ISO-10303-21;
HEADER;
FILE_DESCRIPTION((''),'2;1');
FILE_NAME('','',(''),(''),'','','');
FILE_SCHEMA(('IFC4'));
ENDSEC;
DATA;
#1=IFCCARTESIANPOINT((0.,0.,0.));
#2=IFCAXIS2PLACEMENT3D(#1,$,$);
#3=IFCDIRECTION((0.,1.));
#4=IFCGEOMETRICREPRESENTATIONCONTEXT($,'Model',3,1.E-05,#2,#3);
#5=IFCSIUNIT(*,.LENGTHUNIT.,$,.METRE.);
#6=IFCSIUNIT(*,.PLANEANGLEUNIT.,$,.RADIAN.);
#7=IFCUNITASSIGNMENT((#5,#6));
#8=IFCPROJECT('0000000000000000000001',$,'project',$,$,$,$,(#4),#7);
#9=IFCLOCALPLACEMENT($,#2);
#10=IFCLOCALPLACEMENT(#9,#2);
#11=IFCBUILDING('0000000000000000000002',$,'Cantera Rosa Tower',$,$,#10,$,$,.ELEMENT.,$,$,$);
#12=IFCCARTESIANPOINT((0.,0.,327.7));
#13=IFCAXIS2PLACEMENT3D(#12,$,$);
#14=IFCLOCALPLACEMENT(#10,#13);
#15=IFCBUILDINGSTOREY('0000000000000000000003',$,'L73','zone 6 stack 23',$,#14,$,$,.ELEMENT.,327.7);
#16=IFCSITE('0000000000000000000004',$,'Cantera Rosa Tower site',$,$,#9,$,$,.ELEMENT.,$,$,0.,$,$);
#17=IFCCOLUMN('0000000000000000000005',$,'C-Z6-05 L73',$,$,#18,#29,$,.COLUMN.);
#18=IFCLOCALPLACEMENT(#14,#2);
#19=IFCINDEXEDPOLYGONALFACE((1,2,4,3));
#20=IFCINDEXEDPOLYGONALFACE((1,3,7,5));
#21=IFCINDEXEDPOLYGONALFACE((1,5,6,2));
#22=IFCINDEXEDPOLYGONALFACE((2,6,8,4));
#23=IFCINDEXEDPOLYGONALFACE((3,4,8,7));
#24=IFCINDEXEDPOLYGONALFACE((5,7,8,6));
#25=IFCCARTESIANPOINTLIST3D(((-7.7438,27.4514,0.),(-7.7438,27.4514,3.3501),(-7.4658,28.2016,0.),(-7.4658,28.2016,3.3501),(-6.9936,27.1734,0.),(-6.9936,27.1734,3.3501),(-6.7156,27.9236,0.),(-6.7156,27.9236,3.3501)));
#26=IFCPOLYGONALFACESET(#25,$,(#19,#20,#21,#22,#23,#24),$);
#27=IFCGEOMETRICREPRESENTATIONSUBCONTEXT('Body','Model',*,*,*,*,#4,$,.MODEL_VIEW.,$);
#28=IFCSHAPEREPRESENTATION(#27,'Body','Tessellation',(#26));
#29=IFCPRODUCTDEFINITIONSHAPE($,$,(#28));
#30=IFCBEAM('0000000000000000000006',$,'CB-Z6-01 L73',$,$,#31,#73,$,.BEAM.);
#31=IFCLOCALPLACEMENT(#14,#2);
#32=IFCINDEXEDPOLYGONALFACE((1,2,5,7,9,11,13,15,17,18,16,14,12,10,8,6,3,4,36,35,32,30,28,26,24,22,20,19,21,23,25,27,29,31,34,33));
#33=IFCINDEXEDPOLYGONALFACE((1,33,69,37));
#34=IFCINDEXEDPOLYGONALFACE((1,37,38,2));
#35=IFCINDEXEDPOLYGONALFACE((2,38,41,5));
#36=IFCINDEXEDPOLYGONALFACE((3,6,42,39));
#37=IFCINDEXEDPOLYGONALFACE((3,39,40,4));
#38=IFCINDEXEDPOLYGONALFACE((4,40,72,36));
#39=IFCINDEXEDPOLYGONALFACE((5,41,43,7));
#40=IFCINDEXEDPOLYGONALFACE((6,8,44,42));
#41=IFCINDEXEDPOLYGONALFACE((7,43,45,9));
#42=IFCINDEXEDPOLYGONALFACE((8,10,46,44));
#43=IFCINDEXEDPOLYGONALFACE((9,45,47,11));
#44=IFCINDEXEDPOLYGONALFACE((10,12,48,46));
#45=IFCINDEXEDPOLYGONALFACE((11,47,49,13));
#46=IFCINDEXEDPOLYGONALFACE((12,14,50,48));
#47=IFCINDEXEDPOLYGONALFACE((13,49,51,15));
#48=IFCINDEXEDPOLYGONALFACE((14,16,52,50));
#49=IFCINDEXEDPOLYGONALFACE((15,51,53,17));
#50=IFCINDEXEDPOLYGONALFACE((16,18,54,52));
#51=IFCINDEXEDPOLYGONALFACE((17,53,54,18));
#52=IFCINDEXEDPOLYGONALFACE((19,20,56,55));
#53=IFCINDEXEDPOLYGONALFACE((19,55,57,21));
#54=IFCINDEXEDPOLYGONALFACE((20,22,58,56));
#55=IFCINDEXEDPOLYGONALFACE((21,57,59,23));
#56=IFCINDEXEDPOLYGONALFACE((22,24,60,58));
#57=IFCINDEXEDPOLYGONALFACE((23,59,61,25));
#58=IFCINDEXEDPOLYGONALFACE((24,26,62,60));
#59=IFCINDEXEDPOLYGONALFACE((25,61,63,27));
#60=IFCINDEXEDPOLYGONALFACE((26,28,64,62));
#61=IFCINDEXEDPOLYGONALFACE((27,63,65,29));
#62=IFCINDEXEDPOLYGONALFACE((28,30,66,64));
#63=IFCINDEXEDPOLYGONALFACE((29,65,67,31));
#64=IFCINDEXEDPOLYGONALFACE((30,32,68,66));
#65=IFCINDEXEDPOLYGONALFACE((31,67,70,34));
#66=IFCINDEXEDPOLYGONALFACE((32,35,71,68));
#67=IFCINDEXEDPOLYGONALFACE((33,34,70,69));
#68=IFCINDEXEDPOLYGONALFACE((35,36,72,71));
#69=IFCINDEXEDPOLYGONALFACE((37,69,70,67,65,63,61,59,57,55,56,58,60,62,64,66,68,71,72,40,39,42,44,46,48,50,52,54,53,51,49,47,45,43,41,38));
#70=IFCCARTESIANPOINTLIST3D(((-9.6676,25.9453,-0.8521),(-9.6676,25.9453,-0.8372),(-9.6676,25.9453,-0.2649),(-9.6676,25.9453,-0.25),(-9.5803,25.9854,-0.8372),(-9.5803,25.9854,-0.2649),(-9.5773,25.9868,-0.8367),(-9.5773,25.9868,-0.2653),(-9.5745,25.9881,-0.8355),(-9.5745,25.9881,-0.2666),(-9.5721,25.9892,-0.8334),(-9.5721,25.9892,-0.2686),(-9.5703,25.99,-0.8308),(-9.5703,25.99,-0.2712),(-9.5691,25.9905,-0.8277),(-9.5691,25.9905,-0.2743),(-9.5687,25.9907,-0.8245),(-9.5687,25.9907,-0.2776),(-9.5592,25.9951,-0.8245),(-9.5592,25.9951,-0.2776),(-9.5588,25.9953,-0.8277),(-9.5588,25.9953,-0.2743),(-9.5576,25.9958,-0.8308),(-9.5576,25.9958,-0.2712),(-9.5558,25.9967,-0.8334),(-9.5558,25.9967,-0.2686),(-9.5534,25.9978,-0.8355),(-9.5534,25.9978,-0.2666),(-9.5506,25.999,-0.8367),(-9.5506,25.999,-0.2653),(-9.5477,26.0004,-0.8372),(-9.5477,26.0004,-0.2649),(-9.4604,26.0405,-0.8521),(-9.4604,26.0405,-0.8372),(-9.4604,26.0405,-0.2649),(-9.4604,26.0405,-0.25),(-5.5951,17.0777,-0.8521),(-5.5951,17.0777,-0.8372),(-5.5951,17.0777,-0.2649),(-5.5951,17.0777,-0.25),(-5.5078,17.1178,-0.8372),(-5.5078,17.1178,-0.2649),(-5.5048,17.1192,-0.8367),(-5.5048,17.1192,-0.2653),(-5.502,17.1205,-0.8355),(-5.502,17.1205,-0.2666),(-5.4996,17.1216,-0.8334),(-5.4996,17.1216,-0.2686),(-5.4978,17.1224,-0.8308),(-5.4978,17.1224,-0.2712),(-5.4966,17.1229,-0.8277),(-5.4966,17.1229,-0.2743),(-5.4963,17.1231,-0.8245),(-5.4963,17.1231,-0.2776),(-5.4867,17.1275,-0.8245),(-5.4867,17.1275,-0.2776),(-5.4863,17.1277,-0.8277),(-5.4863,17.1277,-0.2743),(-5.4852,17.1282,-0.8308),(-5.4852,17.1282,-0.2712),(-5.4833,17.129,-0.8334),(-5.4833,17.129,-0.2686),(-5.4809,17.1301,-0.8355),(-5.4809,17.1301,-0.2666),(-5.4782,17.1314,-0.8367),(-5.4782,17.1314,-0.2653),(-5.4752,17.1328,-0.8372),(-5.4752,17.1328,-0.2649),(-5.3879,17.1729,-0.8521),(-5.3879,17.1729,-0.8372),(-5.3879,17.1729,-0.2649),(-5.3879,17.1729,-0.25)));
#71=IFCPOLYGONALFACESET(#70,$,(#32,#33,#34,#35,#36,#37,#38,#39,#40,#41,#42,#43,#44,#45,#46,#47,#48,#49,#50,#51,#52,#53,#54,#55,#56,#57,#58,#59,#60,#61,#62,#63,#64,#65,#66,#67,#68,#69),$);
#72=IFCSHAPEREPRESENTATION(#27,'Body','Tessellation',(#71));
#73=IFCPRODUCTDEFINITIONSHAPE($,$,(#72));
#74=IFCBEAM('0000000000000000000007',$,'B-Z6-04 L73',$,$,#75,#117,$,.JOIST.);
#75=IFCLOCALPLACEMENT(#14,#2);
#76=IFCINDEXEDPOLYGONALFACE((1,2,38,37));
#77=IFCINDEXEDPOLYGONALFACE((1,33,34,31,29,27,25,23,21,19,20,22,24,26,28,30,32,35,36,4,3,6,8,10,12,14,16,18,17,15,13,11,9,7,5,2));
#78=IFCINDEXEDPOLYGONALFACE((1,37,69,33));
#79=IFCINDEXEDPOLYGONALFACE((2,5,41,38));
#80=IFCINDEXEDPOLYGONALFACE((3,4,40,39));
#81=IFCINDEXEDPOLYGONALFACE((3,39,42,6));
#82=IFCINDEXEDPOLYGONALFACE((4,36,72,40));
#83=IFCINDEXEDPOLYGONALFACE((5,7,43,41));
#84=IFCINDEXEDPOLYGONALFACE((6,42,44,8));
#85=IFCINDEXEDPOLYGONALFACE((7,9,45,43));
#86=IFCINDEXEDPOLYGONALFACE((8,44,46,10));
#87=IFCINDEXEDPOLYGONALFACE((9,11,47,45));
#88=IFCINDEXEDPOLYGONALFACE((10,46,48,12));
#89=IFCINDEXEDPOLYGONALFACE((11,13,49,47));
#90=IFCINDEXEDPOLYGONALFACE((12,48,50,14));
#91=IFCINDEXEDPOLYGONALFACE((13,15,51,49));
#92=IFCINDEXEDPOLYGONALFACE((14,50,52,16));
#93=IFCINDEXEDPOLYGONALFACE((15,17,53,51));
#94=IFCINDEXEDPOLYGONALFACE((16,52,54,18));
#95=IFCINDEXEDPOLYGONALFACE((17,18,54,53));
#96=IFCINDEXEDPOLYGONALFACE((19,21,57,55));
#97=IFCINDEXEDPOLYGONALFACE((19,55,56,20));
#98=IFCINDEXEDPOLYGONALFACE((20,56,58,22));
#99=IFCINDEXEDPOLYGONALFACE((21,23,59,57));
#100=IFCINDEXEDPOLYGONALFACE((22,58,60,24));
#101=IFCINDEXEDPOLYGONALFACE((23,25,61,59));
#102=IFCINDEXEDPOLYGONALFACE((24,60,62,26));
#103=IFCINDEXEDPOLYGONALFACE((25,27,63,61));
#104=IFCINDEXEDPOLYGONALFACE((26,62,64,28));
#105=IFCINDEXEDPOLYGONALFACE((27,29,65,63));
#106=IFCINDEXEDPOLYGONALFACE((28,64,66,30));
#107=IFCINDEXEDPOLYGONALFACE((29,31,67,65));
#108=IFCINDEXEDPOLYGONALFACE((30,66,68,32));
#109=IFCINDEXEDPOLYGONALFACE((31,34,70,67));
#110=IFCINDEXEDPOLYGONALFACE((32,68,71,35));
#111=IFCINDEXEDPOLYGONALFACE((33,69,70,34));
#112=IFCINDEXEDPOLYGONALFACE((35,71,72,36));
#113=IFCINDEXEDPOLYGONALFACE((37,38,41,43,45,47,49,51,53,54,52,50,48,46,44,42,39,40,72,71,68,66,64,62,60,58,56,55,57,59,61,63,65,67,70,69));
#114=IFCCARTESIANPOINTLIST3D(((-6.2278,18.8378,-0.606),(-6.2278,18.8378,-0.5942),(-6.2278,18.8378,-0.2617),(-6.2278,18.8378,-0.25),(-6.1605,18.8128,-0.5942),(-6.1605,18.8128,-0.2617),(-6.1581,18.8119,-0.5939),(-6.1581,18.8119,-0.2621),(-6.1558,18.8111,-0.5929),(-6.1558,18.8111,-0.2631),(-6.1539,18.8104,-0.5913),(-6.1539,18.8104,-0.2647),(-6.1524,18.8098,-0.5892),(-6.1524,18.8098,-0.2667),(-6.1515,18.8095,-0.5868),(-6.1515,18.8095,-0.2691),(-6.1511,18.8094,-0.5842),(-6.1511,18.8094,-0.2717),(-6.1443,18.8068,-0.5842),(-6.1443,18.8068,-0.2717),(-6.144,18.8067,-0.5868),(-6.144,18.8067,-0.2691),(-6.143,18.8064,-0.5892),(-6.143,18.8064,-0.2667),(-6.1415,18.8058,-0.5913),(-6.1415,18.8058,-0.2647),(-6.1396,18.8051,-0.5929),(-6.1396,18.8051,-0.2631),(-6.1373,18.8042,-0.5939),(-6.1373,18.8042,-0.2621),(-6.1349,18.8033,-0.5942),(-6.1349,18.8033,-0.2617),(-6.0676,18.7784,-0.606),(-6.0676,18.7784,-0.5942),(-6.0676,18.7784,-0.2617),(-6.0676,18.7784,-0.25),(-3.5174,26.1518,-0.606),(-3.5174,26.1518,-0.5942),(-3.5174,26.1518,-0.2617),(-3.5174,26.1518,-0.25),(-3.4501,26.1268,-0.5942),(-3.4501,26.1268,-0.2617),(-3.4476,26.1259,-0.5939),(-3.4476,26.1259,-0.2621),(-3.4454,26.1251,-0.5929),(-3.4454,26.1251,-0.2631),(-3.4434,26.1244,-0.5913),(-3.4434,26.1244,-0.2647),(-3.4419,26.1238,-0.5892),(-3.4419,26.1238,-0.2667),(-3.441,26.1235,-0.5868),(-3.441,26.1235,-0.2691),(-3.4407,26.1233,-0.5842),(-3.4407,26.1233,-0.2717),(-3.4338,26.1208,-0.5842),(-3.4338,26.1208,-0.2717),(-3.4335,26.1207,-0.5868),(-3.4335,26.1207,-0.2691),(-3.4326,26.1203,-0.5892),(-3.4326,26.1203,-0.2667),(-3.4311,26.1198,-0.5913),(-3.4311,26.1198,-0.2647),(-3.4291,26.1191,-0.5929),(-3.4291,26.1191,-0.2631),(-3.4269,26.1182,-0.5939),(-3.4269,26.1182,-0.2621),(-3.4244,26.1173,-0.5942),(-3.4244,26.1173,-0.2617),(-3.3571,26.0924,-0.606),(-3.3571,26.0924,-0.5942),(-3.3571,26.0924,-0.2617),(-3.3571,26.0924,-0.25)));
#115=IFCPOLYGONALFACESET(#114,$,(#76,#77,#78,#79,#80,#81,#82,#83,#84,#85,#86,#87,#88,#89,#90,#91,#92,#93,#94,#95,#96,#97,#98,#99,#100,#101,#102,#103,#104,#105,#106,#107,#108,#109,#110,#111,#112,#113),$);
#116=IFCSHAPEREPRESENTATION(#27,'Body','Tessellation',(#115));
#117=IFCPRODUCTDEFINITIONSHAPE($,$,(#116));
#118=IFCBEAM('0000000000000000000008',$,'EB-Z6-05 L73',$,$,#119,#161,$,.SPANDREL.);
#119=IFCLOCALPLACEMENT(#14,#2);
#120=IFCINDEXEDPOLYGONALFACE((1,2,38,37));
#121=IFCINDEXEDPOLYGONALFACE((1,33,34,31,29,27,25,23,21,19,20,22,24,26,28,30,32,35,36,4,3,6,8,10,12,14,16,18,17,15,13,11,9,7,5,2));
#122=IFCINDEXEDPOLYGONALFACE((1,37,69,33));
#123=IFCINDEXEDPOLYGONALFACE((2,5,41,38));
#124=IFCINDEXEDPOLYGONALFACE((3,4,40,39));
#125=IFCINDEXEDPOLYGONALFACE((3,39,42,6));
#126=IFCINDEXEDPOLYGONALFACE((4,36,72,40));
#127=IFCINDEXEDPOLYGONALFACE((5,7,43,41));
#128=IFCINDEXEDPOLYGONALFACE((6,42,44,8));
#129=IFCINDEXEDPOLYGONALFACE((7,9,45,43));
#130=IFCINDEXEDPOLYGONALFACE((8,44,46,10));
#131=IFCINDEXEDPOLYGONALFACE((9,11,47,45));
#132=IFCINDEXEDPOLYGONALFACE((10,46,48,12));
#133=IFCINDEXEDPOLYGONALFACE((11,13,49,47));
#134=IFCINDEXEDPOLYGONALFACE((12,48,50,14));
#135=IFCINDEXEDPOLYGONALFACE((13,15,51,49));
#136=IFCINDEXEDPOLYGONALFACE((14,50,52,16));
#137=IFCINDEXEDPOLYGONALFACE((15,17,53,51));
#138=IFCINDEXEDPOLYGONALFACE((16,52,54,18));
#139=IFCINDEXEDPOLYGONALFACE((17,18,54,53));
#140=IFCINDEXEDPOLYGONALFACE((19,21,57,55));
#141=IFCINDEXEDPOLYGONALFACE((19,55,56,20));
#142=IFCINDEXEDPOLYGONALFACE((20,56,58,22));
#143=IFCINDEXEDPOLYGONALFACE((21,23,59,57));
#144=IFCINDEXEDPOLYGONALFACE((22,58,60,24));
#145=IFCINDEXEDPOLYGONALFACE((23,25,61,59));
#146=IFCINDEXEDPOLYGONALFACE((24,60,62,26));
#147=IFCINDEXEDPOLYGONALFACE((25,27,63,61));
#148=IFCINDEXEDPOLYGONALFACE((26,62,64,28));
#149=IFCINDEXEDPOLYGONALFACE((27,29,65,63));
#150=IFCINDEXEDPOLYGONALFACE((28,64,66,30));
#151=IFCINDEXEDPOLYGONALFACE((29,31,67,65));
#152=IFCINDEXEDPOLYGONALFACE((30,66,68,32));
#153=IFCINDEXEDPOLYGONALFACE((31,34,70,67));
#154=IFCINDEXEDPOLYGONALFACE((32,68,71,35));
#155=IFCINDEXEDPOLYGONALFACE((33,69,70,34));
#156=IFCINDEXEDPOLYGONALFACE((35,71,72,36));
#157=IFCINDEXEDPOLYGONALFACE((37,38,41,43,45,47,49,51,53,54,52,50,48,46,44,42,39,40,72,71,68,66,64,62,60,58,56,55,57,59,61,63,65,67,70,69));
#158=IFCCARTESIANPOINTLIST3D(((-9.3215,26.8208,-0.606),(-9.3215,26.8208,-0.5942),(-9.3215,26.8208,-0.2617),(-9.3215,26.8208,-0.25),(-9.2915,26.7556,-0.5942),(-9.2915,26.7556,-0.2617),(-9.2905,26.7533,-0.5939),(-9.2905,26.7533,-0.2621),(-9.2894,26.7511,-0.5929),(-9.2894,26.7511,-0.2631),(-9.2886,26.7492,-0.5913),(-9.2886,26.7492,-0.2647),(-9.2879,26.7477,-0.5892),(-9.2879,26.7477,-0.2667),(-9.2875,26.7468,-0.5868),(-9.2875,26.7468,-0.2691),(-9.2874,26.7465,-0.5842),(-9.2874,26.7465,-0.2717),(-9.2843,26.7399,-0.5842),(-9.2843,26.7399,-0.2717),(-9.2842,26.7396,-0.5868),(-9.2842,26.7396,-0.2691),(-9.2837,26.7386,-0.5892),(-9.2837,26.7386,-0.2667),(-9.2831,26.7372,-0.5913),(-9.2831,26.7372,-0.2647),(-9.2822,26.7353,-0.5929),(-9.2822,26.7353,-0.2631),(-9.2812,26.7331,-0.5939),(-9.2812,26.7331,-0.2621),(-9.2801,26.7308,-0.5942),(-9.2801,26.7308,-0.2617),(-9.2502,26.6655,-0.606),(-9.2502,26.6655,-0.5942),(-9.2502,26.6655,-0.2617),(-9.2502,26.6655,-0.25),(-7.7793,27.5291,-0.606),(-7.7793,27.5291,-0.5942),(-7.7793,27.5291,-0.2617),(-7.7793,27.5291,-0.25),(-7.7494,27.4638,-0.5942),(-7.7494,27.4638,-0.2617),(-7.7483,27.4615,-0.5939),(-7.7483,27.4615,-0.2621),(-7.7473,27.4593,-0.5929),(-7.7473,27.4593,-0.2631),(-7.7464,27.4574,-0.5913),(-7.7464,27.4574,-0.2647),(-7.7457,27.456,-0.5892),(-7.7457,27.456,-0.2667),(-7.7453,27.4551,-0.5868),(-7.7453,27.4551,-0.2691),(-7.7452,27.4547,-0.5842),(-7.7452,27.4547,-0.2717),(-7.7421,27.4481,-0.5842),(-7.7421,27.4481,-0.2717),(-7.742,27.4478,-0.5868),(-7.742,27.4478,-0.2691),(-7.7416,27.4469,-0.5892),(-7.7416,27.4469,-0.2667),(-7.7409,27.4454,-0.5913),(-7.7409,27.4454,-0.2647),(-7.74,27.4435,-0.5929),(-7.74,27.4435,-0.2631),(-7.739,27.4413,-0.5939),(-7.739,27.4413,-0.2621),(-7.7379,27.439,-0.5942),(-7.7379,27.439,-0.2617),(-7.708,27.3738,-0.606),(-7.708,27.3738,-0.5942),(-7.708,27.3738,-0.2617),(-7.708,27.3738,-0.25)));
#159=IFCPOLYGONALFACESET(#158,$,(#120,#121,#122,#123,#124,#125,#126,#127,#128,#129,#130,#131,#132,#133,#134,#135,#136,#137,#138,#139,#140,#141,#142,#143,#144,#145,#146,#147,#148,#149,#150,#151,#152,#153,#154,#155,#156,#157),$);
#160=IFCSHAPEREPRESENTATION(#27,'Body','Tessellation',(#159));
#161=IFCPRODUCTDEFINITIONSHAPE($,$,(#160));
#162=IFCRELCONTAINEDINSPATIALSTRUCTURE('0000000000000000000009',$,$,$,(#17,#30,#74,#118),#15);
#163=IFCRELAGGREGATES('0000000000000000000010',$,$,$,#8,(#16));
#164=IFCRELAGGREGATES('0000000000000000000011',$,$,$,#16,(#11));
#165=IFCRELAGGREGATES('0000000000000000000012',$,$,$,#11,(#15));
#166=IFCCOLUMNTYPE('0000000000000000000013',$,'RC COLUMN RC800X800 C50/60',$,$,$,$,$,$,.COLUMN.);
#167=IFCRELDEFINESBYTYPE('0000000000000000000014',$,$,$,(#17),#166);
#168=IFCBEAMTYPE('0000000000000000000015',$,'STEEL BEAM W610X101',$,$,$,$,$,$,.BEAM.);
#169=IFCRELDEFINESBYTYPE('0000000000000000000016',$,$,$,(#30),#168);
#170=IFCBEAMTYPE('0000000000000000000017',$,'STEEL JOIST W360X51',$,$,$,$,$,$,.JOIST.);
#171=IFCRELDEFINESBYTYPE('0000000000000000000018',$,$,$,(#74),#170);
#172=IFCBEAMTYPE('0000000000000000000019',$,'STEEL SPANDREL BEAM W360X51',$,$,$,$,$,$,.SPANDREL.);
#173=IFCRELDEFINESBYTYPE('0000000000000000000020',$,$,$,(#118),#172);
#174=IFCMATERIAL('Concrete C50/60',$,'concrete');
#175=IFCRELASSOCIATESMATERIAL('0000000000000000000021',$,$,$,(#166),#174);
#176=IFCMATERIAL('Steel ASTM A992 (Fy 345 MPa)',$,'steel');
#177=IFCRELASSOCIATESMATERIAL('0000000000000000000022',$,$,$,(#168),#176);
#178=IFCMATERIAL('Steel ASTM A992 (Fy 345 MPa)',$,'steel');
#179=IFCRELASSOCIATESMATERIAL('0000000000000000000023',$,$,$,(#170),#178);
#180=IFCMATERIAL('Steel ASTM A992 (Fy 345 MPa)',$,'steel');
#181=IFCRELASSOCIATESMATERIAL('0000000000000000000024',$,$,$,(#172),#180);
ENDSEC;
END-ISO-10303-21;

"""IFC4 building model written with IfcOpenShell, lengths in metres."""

from ifc_helpers import new_model, si_unit, direction, frame, origin, origin_2d, place, context, subcontext, project, spatial, rectangle, i_section, extrude, material, material_profile, profile_set, type_object, element, save


model = new_model("IFC4")

# Units and contexts
model_context = context("Model", 3, precision=1e-05, world=origin(), true_north=direction((0.0, 1.0)))
body_context = subcontext(model_context, "Body", "Model", "MODEL_VIEW")
ifc_project = project(units=[si_unit("LENGTHUNIT", "METRE"), si_unit("PLANEANGLEUNIT", "RADIAN")], contexts=[model_context])

# Site, building, storey
site_placement = place(None, origin())
site = spatial("IfcSite", under=ifc_project, at=site_placement, Name="Cantera Rosa Tower site", CompositionType="ELEMENT", RefElevation=0.0)
building_placement = place(site_placement, origin())
building = spatial("IfcBuilding", under=site, at=building_placement, Name="Cantera Rosa Tower", CompositionType="ELEMENT")
storey_placement = place(building_placement, frame((0.0, 0.0, 327.7)))
storey = spatial("IfcBuildingStorey", under=building, at=storey_placement, Name="L73", Description="zone 6 stack 23", CompositionType="ELEMENT", Elevation=327.7)

# Column
ifc_material_1 = material(Name="Concrete C50/60", Category="concrete")
ifc_material_profile_1 = material_profile(ifc_material_1, rectangle(XDim=0.8, YDim=0.8, at=origin_2d()), Name="RC COLUMN RC800X800 C50/60")
ifc_profile_set_1 = profile_set([ifc_material_profile_1], Name="Concrete C50/60")
column_type = type_object("IfcColumnType", Name="RC COLUMN RC800X800 C50/60", PredefinedType="COLUMN", material=ifc_profile_set_1)
column_placement = place(storey_placement, frame((-7.2297, 27.6875, 0.0), z_axis=(0.0, 0.0, 1.0), x_axis=(0.347481, 0.937687, 0.0)))
element("IfcColumn", 1, at=column_placement, inside=storey, type_object=column_type, Name="C-Z6-05 L73", PredefinedType="COLUMN", context=body_context, shape_type="SweptSolid", body=[
    extrude(rectangle(XDim=0.8, YDim=0.8, at=origin_2d()), origin(), (0.0, 0.0, 1.0), 3.3501),
])

# Beams
ifc_material_2 = material(Name="Steel ASTM A992 (Fy 345 MPa)", Category="steel")
ifc_material_profile_2 = material_profile(ifc_material_2, i_section(OverallWidth=0.228, OverallDepth=0.6021, WebThickness=0.0105, FlangeThickness=0.0149, FilletRadius=0.0127, at=origin_2d()), Name="W610X101")
ifc_profile_set_2 = profile_set([ifc_material_profile_2], Name="Steel ASTM A992 (Fy 345 MPa)")
beam_type_1 = type_object("IfcBeamType", Name="STEEL BEAM W610X101", PredefinedType="BEAM", material=ifc_profile_set_2)
beam_1_placement = place(storey_placement, frame((-9.564, 25.9929, -0.551), z_axis=(0.417346, -0.908748, 0.0), x_axis=(0.908748, 0.417346, 0.0)))
element("IfcBeam", 2, at=beam_1_placement, inside=storey, type_object=beam_type_1, Name="CB-Z6-01 L73", PredefinedType="BEAM", context=body_context, shape_type="SweptSolid", body=[
    extrude(i_section(OverallWidth=0.228, OverallDepth=0.6021, WebThickness=0.0105, FlangeThickness=0.0149, FilletRadius=0.0127, at=origin_2d()), origin(), (0.0, 0.0, 1.0), 9.7581),
])
ifc_material_3 = material(Name="Steel ASTM A992 (Fy 345 MPa)", Category="steel")
ifc_material_profile_3 = material_profile(ifc_material_3, i_section(OverallWidth=0.1709, OverallDepth=0.356, WebThickness=0.0073, FlangeThickness=0.0117, FilletRadius=0.01, at=origin_2d()), Name="W360X51")
ifc_profile_set_3 = profile_set([ifc_material_profile_3], Name="Steel ASTM A992 (Fy 345 MPa)")
beam_type_2 = type_object("IfcBeamType", Name="STEEL JOIST W360X51", PredefinedType="JOIST", material=ifc_profile_set_3)
beam_2_placement = place(storey_placement, frame((-3.4373, 26.1221, -0.428), z_axis=(-0.347492, -0.937683, 0.0), x_axis=(0.937683, -0.347492, 0.0)))
element("IfcBeam", 3, at=beam_2_placement, inside=storey, type_object=beam_type_2, Name="B-Z6-04 L73", PredefinedType="JOIST", context=body_context, shape_type="SweptSolid", body=[
    extrude(i_section(OverallWidth=0.1709, OverallDepth=0.356, WebThickness=0.0073, FlangeThickness=0.0117, FilletRadius=0.01, at=origin_2d()), origin(), (0.0, 0.0, 1.0), 7.8),
])
ifc_material_4 = material(Name="Steel ASTM A992 (Fy 345 MPa)", Category="steel")
ifc_material_profile_4 = material_profile(ifc_material_4, i_section(OverallWidth=0.1709, OverallDepth=0.356, WebThickness=0.0073, FlangeThickness=0.0117, FilletRadius=0.01, at=origin_2d()), Name="W360X51")
ifc_profile_set_4 = profile_set([ifc_material_profile_4], Name="Steel ASTM A992 (Fy 345 MPa)")
beam_type_3 = type_object("IfcBeamType", Name="STEEL SPANDREL BEAM W360X51", PredefinedType="SPANDREL", material=ifc_profile_set_4)
beam_3_placement = place(storey_placement, frame((-7.7437, 27.4514, -0.428), z_axis=(-0.908754, -0.417333, 0.0), x_axis=(0.417333, -0.908754, 0.0)))
element("IfcBeam", 4, at=beam_3_placement, inside=storey, type_object=beam_type_3, Name="EB-Z6-05 L73", PredefinedType="SPANDREL", context=body_context, shape_type="SweptSolid", body=[
    extrude(i_section(OverallWidth=0.1709, OverallDepth=0.356, WebThickness=0.0073, FlangeThickness=0.0117, FilletRadius=0.01, at=origin_2d()), origin(), (0.0, 0.0, 1.0), 1.697),
])

save(model, "model.ifc")
